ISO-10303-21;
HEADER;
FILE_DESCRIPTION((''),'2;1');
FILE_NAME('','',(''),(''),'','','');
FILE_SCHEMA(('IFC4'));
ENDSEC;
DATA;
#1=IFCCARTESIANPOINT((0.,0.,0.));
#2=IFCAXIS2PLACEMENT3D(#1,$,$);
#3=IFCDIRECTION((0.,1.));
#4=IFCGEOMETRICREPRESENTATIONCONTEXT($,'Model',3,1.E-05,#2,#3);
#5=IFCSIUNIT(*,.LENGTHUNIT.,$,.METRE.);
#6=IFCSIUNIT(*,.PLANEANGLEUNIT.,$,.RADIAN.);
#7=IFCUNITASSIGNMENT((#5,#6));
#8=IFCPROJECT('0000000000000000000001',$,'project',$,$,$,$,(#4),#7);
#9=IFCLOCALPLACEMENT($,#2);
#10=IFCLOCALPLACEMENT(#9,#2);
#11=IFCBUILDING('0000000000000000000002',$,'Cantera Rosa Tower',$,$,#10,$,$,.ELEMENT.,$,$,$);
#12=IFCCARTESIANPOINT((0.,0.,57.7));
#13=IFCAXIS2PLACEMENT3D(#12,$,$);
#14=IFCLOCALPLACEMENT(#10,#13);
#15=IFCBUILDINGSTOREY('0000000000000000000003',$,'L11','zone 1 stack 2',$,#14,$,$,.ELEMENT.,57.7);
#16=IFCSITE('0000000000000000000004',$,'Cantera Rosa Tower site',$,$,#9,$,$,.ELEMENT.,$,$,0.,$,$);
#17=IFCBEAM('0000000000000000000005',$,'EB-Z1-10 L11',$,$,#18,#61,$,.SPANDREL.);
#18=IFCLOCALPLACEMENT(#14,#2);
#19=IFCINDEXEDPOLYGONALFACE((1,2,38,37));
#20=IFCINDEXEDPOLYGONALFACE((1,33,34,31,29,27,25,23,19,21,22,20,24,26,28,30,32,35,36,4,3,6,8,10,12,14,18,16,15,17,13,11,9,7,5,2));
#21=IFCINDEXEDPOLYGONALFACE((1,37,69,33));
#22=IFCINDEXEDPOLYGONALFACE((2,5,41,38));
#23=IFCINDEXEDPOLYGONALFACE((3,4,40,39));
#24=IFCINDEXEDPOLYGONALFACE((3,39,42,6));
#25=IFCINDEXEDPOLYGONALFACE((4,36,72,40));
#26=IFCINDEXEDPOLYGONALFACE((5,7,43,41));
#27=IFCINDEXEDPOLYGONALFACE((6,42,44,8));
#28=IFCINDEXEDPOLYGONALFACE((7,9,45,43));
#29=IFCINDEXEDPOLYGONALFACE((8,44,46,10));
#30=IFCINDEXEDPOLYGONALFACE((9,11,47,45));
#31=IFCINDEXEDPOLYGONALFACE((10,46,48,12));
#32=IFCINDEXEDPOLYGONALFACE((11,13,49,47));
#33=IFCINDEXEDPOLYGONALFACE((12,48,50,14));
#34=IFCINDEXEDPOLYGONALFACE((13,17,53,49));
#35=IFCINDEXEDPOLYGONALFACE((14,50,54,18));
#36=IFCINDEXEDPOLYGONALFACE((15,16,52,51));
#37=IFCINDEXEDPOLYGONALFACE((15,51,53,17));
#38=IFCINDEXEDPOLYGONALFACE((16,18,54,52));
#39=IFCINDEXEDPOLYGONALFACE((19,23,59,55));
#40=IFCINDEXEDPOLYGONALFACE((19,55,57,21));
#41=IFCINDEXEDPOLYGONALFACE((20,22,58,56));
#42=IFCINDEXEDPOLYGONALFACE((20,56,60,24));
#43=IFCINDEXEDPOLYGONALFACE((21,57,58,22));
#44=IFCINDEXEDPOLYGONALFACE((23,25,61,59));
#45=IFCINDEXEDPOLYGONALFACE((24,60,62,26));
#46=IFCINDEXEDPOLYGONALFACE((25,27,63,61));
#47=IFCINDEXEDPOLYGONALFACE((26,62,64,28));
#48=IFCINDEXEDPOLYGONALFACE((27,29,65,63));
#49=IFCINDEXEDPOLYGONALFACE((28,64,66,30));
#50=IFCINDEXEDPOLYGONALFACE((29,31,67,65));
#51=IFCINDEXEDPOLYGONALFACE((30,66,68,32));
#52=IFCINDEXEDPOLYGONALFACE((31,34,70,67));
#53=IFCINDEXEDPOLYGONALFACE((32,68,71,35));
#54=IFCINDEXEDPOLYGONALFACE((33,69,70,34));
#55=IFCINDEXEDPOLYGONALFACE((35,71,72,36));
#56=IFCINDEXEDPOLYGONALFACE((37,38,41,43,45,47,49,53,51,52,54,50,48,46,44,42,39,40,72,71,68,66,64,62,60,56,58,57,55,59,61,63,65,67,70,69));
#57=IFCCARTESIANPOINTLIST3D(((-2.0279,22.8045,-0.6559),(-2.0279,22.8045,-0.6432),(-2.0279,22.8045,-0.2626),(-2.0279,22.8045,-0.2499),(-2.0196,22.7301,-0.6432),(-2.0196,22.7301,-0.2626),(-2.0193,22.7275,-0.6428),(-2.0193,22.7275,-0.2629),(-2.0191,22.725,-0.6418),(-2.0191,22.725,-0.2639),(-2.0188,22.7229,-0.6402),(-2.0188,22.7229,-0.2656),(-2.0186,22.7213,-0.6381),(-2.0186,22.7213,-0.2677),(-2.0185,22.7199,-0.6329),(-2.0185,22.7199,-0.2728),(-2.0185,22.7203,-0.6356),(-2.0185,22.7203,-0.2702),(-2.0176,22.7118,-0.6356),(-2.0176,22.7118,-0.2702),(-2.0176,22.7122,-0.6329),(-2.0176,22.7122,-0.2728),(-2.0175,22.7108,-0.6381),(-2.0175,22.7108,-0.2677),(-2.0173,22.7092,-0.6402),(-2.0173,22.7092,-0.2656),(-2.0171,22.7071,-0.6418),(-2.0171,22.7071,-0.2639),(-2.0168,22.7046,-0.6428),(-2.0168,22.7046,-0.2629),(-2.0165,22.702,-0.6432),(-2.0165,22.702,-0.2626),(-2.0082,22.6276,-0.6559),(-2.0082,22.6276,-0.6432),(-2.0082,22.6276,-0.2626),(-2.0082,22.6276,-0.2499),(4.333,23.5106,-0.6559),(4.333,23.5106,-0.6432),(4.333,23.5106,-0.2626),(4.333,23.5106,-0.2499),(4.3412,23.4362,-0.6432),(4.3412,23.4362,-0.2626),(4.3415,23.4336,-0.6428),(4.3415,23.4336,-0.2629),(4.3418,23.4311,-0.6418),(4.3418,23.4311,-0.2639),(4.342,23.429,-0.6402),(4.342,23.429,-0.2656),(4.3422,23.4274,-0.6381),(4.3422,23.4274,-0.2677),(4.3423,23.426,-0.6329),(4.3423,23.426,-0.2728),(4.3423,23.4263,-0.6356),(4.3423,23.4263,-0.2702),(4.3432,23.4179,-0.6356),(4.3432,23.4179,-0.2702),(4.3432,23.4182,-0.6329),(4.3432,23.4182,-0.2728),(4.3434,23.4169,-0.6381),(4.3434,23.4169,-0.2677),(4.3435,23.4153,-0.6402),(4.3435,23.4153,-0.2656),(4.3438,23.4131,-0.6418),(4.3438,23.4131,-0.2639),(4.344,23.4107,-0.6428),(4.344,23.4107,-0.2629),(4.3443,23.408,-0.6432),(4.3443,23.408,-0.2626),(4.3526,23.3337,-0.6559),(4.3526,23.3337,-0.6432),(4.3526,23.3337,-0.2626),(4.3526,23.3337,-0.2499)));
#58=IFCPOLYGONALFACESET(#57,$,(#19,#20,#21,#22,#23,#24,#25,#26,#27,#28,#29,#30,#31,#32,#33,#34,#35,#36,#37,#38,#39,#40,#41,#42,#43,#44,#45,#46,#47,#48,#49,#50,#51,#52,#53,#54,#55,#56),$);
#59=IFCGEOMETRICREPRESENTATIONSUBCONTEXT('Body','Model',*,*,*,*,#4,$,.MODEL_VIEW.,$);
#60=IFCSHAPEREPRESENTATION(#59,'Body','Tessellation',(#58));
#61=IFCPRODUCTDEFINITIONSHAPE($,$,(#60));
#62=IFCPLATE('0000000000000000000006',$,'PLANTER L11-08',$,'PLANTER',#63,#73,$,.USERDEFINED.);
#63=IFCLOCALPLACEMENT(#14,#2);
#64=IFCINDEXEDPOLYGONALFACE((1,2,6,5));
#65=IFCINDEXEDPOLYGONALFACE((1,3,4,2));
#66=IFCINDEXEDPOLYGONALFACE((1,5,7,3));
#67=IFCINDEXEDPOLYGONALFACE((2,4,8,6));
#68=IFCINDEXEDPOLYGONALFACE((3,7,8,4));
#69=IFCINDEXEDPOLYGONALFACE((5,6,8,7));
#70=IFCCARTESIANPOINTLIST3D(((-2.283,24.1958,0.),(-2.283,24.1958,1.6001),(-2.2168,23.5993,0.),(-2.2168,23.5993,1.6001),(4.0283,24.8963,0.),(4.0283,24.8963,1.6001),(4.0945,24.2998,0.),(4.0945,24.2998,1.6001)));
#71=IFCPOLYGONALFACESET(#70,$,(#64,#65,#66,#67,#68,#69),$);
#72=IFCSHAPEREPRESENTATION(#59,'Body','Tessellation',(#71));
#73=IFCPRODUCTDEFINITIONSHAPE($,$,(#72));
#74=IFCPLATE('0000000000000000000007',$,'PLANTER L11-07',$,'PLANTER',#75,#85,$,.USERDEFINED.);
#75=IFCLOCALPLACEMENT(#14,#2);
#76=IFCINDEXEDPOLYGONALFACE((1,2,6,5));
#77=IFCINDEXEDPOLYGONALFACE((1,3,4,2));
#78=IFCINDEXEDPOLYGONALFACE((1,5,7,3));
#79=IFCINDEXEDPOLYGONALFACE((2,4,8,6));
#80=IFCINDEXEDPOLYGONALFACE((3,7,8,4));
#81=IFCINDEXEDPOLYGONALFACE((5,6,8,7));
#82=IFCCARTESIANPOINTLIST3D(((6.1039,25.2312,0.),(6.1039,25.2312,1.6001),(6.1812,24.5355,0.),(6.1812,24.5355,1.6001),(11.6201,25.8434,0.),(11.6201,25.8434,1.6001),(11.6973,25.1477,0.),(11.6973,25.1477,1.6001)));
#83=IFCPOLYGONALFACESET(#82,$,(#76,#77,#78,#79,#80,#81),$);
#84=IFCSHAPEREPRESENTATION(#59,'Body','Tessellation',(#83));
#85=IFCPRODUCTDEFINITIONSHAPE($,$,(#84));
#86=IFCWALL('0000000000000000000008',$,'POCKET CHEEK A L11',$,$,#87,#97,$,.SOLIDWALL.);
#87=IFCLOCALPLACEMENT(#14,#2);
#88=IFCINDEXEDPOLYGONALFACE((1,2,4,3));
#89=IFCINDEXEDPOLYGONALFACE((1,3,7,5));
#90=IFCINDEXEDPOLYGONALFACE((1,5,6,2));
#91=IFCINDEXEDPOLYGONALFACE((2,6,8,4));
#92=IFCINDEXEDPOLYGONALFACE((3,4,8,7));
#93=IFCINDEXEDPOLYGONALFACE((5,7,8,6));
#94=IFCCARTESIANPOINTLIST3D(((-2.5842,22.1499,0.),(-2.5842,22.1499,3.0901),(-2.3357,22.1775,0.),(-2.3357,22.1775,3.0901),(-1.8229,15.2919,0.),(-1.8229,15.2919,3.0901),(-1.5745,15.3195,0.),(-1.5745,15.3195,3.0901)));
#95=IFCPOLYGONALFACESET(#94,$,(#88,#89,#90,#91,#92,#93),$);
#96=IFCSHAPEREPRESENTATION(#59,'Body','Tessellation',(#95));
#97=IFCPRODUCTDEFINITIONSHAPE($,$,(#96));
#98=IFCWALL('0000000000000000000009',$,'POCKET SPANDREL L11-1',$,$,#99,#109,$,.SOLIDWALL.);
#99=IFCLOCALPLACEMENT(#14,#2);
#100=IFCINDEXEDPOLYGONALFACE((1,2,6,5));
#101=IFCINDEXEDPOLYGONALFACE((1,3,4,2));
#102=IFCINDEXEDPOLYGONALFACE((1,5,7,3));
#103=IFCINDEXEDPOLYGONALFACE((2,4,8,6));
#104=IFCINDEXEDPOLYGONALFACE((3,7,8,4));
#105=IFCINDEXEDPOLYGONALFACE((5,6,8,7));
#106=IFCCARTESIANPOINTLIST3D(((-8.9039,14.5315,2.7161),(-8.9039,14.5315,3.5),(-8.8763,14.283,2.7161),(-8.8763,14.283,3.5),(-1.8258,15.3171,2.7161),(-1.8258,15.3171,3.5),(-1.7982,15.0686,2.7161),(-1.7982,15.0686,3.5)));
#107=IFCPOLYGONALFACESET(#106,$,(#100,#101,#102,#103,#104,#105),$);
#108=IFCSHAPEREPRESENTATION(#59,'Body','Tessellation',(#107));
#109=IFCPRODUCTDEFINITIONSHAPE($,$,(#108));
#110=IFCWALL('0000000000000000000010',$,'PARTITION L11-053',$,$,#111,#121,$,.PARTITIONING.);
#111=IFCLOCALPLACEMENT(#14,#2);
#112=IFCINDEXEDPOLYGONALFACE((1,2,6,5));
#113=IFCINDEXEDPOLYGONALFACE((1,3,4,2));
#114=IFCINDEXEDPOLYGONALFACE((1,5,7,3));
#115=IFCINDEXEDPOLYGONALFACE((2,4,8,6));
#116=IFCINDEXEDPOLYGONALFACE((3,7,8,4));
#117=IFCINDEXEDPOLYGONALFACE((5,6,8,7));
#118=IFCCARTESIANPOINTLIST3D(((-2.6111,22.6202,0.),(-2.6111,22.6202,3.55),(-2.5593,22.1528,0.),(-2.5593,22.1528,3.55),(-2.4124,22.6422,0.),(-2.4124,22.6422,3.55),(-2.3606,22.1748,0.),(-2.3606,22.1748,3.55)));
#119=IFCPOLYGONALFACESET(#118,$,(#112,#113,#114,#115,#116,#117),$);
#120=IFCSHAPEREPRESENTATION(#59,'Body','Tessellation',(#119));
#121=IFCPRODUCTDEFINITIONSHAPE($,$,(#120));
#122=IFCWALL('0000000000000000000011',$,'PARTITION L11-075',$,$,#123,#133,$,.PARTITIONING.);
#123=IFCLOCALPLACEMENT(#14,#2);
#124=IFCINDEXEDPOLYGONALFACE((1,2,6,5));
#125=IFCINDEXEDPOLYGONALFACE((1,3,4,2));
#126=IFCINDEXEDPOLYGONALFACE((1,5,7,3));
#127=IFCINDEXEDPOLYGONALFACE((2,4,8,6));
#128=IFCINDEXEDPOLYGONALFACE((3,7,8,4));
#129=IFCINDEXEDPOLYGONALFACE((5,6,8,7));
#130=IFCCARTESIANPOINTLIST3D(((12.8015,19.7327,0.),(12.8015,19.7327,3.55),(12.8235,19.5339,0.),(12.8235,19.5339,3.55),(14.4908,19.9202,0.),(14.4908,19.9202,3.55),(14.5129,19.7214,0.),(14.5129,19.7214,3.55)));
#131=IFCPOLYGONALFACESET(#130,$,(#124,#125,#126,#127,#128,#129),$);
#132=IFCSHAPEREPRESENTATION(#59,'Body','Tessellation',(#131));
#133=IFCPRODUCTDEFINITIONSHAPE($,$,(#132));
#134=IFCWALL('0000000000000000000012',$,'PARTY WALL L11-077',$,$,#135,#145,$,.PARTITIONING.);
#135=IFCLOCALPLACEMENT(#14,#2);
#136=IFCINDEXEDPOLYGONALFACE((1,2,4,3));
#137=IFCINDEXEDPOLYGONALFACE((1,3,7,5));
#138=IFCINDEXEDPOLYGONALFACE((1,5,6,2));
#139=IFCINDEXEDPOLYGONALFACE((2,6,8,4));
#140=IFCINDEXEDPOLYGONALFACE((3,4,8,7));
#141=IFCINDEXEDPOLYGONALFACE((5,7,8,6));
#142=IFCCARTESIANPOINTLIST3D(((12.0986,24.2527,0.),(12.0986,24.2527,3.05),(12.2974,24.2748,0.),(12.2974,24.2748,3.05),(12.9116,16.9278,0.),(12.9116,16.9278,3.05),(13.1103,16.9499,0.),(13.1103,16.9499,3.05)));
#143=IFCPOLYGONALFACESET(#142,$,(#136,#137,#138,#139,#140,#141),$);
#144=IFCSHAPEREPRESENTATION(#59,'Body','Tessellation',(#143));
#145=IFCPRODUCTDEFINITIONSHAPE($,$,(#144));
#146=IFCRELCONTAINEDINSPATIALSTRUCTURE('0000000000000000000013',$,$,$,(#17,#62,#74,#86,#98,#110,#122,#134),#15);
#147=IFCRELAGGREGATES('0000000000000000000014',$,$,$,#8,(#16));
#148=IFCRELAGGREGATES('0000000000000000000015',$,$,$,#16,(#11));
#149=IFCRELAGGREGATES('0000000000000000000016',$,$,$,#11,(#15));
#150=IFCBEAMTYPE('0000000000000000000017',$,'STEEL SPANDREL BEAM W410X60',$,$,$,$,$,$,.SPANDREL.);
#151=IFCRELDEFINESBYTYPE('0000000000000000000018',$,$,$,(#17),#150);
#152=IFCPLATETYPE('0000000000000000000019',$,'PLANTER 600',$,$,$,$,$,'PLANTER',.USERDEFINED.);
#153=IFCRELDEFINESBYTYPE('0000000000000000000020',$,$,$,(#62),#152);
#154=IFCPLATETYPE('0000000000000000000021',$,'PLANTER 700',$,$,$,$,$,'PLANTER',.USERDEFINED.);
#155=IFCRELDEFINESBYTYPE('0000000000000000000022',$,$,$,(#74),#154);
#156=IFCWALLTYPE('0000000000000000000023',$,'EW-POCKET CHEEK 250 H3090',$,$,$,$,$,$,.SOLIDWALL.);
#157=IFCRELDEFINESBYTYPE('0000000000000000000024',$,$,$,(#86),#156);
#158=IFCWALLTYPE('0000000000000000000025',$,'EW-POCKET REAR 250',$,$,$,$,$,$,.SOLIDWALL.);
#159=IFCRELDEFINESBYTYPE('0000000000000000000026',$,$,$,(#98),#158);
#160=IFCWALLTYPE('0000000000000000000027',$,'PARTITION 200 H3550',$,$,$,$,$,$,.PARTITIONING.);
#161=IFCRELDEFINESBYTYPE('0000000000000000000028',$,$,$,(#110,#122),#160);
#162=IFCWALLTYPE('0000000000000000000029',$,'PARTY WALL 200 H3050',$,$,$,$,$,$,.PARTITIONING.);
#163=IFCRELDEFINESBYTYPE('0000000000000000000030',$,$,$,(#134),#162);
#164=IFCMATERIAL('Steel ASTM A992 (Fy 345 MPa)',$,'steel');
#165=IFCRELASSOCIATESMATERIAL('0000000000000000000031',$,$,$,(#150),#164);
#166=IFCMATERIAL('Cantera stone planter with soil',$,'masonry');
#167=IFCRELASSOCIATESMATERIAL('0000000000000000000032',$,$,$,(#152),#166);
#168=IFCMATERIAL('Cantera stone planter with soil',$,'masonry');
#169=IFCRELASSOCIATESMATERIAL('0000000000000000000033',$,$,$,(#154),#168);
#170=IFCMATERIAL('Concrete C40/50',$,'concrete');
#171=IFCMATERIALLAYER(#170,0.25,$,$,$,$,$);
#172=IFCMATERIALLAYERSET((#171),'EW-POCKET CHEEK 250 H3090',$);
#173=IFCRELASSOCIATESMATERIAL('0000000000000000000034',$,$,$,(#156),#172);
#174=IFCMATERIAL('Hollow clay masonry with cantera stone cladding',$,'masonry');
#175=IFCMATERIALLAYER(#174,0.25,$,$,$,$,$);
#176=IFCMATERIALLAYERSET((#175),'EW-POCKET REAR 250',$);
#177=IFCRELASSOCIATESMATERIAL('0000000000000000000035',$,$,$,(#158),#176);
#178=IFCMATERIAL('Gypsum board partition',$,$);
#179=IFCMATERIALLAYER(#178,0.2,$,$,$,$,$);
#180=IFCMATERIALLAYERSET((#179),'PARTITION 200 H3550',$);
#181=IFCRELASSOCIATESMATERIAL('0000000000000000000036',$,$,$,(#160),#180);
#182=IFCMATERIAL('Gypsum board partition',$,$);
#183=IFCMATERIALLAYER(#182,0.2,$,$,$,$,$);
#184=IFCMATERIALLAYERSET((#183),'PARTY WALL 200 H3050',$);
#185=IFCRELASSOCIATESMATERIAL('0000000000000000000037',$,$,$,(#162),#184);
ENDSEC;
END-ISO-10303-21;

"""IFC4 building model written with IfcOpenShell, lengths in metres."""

from ifc_helpers import new_model, si_unit, direction, frame, frame_2d, origin, origin_2d, place, context, subcontext, project, spatial, rectangle, i_section, extrude, material, layer, layer_set, material_profile, profile_set, type_object, element, save


model = new_model("IFC4")

# Units and contexts
model_context = context("Model", 3, precision=1e-05, world=origin(), true_north=direction((0.0, 1.0)))
body_context = subcontext(model_context, "Body", "Model", "MODEL_VIEW")
ifc_project = project(units=[si_unit("LENGTHUNIT", "METRE"), si_unit("PLANEANGLEUNIT", "RADIAN")], contexts=[model_context])

# Site, building, storey
site_placement = place(None, origin())
site = spatial("IfcSite", under=ifc_project, at=site_placement, Name="Cantera Rosa Tower site", CompositionType="ELEMENT", RefElevation=0.0)
building_placement = place(site_placement, origin())
building = spatial("IfcBuilding", under=site, at=building_placement, Name="Cantera Rosa Tower", CompositionType="ELEMENT")
storey_placement = place(building_placement, frame((0.0, 0.0, 57.7)))
storey = spatial("IfcBuildingStorey", under=building, at=storey_placement, Name="L11", Description="zone 1 stack 2", CompositionType="ELEMENT", Elevation=57.7)

# Beam
ifc_material_1 = material(Name="Steel ASTM A992 (Fy 345 MPa)", Category="steel")
ifc_material_profile_1 = material_profile(ifc_material_1, i_section(OverallWidth=0.178, OverallDepth=0.406, WebThickness=0.0078, FlangeThickness=0.0127, FilletRadius=0.0103, at=origin_2d()), Name="W410X60")
ifc_profile_set_1 = profile_set([ifc_material_profile_1], Name="Steel ASTM A992 (Fy 345 MPa)")
beam_type_1 = type_object("IfcBeamType", Name="STEEL SPANDREL BEAM W410X60", PredefinedType="SPANDREL", material=ifc_profile_set_1)
for number, where, z_axis, x_axis, name in (
    (1, (4.3428, 23.4221, -0.4529), (-0.993896, -0.110323, 0.0), (0.110323, -0.993896, 0.0), "EB-Z1-10 L11"),
):
    element("IfcBeam", number, at=place(storey_placement, frame(where, z_axis=z_axis, x_axis=x_axis)), inside=storey, type_object=beam_type_1, Name=name, PredefinedType="SPANDREL", context=body_context, shape_type="SweptSolid", body=[
        extrude(i_section(OverallWidth=0.178, OverallDepth=0.406, WebThickness=0.0078, FlangeThickness=0.0127, FilletRadius=0.0103, at=origin_2d()), origin(), (0.0, 0.0, 1.0), 6.3999),
    ])

# Plates
ifc_material_2 = material(Name="Cantera stone planter with soil", Category="masonry")
plate_type_1 = type_object("IfcPlateType", Name="PLANTER 600", ElementType="PLANTER", PredefinedType="USERDEFINED", material=ifc_material_2)
plate_1_placement = place(storey_placement, frame((0.9058, 24.2478, 0.0), z_axis=(0.0, 0.0, 1.0), x_axis=(-0.993897, -0.110313, 0.0)))
element("IfcPlate", 2, at=plate_1_placement, inside=storey, type_object=plate_type_1, Name="PLANTER L11-08", ObjectType="PLANTER", PredefinedType="USERDEFINED", context=body_context, shape_type="SweptSolid", body=[
    extrude(rectangle(XDim=6.3501, YDim=0.6001, at=origin_2d()), origin(), (0.0, 0.0, 1.0), 1.6001),
])
ifc_material_3 = material(Name="Cantera stone planter with soil", Category="masonry")
plate_type_2 = type_object("IfcPlateType", Name="PLANTER 700", ElementType="PLANTER", PredefinedType="USERDEFINED", material=ifc_material_3)
plate_2_placement = place(storey_placement, frame((8.9006, 25.1895, 0.0), z_axis=(0.0, 0.0, 1.0), x_axis=(-0.993897, -0.110313, 0.0)))
element("IfcPlate", 3, at=plate_2_placement, inside=storey, type_object=plate_type_2, Name="PLANTER L11-07", ObjectType="PLANTER", PredefinedType="USERDEFINED", context=body_context, shape_type="SweptSolid", body=[
    extrude(rectangle(XDim=5.55, YDim=0.7, at=origin_2d()), origin(), (0.0, 0.0, 1.0), 1.6001),
])

# Walls
ifc_material_4 = material(Name="Concrete C40/50", Category="concrete")
ifc_layer_1 = layer(ifc_material_4, 0.25)
ifc_layer_set_1 = layer_set([ifc_layer_1], Name="EW-POCKET CHEEK 250 H3090")
wall_type_1 = type_object("IfcWallType", Name="EW-POCKET CHEEK 250 H3090", PredefinedType="SOLIDWALL", material=ifc_layer_set_1)
wall_1_placement = place(storey_placement, frame((-2.46, 22.1638, 0.0), z_axis=(0.0, 0.0, 1.0), x_axis=(0.110323, -0.993896, 0.0)))
element("IfcWall", 4, at=wall_1_placement, inside=storey, type_object=wall_type_1, Name="POCKET CHEEK A L11", PredefinedType="SOLIDWALL", context=body_context, shape_type="SweptSolid", body=[
    extrude(rectangle(XDim=6.9001, YDim=0.25, at=frame_2d((3.4502, 0.0))), origin(), (0.0, 0.0, 1.0), 3.0901),
])
ifc_material_5 = material(Name="Hollow clay masonry with cantera stone cladding", Category="masonry")
ifc_layer_2 = layer(ifc_material_5, 0.25)
ifc_layer_set_2 = layer_set([ifc_layer_2], Name="EW-POCKET REAR 250")
wall_type_2 = type_object("IfcWallType", Name="EW-POCKET REAR 250", PredefinedType="SOLIDWALL", material=ifc_layer_set_2)
wall_2_placement = place(storey_placement, frame((-1.812, 15.1929, 2.7161), z_axis=(0.0, 0.0, 1.0), x_axis=(-0.993896, -0.110319, 0.0)))
element("IfcWall", 5, at=wall_2_placement, inside=storey, type_object=wall_type_2, Name="POCKET SPANDREL L11-1", PredefinedType="SOLIDWALL", context=body_context, shape_type="SweptSolid", body=[
    extrude(rectangle(XDim=7.1216, YDim=0.25, at=frame_2d((3.5608, 0.0))), origin(), (0.0, 0.0, 1.0), 0.7839),
])
ifc_material_6 = material(Name="Gypsum board partition")
ifc_layer_3 = layer(ifc_material_6, 0.2)
ifc_layer_set_3 = layer_set([ifc_layer_3], Name="PARTITION 200 H3550")
wall_type_3 = type_object("IfcWallType", Name="PARTITION 200 H3550", PredefinedType="PARTITIONING", material=ifc_layer_set_3)
wall_3_placement = place(storey_placement, frame((-2.46, 22.1638, 0.0), z_axis=(0.0, 0.0, 1.0), x_axis=(-0.11009, 0.993922, 0.0)))
element("IfcWall", 6, at=wall_3_placement, inside=storey, type_object=wall_type_3, Name="PARTITION L11-053", PredefinedType="PARTITIONING", context=body_context, shape_type="SweptSolid", body=[
    extrude(rectangle(XDim=0.4702, YDim=0.2, at=frame_2d((0.2351, 0.0))), origin(), (0.0, 0.0, 1.0), 3.55),
])
wall_4_placement = place(storey_placement, frame((12.8125, 19.6333, 0.0), z_axis=(0.0, 0.0, 1.0), x_axis=(0.993898, 0.110305, 0.0)))
element("IfcWall", 7, at=wall_4_placement, inside=storey, type_object=wall_type_3, Name="PARTITION L11-075", PredefinedType="PARTITIONING", context=body_context, shape_type="SweptSolid", body=[
    extrude(rectangle(XDim=1.6997, YDim=0.2, at=frame_2d((0.8499, 0.0))), origin(), (0.0, 0.0, 1.0), 3.55),
])
ifc_material_7 = material(Name="Gypsum board partition")
ifc_layer_4 = layer(ifc_material_7, 0.2)
ifc_layer_set_4 = layer_set([ifc_layer_4], Name="PARTY WALL 200 H3050")
wall_type_4 = type_object("IfcWallType", Name="PARTY WALL 200 H3050", PredefinedType="PARTITIONING", material=ifc_layer_set_4)
wall_5_placement = place(storey_placement, frame((13.011, 16.9387, 0.0), z_axis=(0.0, 0.0, 1.0), x_axis=(-0.110312, 0.993897, 0.0)))
element("IfcWall", 8, at=wall_5_placement, inside=storey, type_object=wall_type_4, Name="PARTY WALL L11-077", PredefinedType="PARTITIONING", context=body_context, shape_type="SweptSolid", body=[
    extrude(rectangle(XDim=7.3699, YDim=0.2, at=frame_2d((3.6851, 0.0))), origin(), (0.0, 0.0, 1.0), 3.05),
])

save(model, "model.ifc")
